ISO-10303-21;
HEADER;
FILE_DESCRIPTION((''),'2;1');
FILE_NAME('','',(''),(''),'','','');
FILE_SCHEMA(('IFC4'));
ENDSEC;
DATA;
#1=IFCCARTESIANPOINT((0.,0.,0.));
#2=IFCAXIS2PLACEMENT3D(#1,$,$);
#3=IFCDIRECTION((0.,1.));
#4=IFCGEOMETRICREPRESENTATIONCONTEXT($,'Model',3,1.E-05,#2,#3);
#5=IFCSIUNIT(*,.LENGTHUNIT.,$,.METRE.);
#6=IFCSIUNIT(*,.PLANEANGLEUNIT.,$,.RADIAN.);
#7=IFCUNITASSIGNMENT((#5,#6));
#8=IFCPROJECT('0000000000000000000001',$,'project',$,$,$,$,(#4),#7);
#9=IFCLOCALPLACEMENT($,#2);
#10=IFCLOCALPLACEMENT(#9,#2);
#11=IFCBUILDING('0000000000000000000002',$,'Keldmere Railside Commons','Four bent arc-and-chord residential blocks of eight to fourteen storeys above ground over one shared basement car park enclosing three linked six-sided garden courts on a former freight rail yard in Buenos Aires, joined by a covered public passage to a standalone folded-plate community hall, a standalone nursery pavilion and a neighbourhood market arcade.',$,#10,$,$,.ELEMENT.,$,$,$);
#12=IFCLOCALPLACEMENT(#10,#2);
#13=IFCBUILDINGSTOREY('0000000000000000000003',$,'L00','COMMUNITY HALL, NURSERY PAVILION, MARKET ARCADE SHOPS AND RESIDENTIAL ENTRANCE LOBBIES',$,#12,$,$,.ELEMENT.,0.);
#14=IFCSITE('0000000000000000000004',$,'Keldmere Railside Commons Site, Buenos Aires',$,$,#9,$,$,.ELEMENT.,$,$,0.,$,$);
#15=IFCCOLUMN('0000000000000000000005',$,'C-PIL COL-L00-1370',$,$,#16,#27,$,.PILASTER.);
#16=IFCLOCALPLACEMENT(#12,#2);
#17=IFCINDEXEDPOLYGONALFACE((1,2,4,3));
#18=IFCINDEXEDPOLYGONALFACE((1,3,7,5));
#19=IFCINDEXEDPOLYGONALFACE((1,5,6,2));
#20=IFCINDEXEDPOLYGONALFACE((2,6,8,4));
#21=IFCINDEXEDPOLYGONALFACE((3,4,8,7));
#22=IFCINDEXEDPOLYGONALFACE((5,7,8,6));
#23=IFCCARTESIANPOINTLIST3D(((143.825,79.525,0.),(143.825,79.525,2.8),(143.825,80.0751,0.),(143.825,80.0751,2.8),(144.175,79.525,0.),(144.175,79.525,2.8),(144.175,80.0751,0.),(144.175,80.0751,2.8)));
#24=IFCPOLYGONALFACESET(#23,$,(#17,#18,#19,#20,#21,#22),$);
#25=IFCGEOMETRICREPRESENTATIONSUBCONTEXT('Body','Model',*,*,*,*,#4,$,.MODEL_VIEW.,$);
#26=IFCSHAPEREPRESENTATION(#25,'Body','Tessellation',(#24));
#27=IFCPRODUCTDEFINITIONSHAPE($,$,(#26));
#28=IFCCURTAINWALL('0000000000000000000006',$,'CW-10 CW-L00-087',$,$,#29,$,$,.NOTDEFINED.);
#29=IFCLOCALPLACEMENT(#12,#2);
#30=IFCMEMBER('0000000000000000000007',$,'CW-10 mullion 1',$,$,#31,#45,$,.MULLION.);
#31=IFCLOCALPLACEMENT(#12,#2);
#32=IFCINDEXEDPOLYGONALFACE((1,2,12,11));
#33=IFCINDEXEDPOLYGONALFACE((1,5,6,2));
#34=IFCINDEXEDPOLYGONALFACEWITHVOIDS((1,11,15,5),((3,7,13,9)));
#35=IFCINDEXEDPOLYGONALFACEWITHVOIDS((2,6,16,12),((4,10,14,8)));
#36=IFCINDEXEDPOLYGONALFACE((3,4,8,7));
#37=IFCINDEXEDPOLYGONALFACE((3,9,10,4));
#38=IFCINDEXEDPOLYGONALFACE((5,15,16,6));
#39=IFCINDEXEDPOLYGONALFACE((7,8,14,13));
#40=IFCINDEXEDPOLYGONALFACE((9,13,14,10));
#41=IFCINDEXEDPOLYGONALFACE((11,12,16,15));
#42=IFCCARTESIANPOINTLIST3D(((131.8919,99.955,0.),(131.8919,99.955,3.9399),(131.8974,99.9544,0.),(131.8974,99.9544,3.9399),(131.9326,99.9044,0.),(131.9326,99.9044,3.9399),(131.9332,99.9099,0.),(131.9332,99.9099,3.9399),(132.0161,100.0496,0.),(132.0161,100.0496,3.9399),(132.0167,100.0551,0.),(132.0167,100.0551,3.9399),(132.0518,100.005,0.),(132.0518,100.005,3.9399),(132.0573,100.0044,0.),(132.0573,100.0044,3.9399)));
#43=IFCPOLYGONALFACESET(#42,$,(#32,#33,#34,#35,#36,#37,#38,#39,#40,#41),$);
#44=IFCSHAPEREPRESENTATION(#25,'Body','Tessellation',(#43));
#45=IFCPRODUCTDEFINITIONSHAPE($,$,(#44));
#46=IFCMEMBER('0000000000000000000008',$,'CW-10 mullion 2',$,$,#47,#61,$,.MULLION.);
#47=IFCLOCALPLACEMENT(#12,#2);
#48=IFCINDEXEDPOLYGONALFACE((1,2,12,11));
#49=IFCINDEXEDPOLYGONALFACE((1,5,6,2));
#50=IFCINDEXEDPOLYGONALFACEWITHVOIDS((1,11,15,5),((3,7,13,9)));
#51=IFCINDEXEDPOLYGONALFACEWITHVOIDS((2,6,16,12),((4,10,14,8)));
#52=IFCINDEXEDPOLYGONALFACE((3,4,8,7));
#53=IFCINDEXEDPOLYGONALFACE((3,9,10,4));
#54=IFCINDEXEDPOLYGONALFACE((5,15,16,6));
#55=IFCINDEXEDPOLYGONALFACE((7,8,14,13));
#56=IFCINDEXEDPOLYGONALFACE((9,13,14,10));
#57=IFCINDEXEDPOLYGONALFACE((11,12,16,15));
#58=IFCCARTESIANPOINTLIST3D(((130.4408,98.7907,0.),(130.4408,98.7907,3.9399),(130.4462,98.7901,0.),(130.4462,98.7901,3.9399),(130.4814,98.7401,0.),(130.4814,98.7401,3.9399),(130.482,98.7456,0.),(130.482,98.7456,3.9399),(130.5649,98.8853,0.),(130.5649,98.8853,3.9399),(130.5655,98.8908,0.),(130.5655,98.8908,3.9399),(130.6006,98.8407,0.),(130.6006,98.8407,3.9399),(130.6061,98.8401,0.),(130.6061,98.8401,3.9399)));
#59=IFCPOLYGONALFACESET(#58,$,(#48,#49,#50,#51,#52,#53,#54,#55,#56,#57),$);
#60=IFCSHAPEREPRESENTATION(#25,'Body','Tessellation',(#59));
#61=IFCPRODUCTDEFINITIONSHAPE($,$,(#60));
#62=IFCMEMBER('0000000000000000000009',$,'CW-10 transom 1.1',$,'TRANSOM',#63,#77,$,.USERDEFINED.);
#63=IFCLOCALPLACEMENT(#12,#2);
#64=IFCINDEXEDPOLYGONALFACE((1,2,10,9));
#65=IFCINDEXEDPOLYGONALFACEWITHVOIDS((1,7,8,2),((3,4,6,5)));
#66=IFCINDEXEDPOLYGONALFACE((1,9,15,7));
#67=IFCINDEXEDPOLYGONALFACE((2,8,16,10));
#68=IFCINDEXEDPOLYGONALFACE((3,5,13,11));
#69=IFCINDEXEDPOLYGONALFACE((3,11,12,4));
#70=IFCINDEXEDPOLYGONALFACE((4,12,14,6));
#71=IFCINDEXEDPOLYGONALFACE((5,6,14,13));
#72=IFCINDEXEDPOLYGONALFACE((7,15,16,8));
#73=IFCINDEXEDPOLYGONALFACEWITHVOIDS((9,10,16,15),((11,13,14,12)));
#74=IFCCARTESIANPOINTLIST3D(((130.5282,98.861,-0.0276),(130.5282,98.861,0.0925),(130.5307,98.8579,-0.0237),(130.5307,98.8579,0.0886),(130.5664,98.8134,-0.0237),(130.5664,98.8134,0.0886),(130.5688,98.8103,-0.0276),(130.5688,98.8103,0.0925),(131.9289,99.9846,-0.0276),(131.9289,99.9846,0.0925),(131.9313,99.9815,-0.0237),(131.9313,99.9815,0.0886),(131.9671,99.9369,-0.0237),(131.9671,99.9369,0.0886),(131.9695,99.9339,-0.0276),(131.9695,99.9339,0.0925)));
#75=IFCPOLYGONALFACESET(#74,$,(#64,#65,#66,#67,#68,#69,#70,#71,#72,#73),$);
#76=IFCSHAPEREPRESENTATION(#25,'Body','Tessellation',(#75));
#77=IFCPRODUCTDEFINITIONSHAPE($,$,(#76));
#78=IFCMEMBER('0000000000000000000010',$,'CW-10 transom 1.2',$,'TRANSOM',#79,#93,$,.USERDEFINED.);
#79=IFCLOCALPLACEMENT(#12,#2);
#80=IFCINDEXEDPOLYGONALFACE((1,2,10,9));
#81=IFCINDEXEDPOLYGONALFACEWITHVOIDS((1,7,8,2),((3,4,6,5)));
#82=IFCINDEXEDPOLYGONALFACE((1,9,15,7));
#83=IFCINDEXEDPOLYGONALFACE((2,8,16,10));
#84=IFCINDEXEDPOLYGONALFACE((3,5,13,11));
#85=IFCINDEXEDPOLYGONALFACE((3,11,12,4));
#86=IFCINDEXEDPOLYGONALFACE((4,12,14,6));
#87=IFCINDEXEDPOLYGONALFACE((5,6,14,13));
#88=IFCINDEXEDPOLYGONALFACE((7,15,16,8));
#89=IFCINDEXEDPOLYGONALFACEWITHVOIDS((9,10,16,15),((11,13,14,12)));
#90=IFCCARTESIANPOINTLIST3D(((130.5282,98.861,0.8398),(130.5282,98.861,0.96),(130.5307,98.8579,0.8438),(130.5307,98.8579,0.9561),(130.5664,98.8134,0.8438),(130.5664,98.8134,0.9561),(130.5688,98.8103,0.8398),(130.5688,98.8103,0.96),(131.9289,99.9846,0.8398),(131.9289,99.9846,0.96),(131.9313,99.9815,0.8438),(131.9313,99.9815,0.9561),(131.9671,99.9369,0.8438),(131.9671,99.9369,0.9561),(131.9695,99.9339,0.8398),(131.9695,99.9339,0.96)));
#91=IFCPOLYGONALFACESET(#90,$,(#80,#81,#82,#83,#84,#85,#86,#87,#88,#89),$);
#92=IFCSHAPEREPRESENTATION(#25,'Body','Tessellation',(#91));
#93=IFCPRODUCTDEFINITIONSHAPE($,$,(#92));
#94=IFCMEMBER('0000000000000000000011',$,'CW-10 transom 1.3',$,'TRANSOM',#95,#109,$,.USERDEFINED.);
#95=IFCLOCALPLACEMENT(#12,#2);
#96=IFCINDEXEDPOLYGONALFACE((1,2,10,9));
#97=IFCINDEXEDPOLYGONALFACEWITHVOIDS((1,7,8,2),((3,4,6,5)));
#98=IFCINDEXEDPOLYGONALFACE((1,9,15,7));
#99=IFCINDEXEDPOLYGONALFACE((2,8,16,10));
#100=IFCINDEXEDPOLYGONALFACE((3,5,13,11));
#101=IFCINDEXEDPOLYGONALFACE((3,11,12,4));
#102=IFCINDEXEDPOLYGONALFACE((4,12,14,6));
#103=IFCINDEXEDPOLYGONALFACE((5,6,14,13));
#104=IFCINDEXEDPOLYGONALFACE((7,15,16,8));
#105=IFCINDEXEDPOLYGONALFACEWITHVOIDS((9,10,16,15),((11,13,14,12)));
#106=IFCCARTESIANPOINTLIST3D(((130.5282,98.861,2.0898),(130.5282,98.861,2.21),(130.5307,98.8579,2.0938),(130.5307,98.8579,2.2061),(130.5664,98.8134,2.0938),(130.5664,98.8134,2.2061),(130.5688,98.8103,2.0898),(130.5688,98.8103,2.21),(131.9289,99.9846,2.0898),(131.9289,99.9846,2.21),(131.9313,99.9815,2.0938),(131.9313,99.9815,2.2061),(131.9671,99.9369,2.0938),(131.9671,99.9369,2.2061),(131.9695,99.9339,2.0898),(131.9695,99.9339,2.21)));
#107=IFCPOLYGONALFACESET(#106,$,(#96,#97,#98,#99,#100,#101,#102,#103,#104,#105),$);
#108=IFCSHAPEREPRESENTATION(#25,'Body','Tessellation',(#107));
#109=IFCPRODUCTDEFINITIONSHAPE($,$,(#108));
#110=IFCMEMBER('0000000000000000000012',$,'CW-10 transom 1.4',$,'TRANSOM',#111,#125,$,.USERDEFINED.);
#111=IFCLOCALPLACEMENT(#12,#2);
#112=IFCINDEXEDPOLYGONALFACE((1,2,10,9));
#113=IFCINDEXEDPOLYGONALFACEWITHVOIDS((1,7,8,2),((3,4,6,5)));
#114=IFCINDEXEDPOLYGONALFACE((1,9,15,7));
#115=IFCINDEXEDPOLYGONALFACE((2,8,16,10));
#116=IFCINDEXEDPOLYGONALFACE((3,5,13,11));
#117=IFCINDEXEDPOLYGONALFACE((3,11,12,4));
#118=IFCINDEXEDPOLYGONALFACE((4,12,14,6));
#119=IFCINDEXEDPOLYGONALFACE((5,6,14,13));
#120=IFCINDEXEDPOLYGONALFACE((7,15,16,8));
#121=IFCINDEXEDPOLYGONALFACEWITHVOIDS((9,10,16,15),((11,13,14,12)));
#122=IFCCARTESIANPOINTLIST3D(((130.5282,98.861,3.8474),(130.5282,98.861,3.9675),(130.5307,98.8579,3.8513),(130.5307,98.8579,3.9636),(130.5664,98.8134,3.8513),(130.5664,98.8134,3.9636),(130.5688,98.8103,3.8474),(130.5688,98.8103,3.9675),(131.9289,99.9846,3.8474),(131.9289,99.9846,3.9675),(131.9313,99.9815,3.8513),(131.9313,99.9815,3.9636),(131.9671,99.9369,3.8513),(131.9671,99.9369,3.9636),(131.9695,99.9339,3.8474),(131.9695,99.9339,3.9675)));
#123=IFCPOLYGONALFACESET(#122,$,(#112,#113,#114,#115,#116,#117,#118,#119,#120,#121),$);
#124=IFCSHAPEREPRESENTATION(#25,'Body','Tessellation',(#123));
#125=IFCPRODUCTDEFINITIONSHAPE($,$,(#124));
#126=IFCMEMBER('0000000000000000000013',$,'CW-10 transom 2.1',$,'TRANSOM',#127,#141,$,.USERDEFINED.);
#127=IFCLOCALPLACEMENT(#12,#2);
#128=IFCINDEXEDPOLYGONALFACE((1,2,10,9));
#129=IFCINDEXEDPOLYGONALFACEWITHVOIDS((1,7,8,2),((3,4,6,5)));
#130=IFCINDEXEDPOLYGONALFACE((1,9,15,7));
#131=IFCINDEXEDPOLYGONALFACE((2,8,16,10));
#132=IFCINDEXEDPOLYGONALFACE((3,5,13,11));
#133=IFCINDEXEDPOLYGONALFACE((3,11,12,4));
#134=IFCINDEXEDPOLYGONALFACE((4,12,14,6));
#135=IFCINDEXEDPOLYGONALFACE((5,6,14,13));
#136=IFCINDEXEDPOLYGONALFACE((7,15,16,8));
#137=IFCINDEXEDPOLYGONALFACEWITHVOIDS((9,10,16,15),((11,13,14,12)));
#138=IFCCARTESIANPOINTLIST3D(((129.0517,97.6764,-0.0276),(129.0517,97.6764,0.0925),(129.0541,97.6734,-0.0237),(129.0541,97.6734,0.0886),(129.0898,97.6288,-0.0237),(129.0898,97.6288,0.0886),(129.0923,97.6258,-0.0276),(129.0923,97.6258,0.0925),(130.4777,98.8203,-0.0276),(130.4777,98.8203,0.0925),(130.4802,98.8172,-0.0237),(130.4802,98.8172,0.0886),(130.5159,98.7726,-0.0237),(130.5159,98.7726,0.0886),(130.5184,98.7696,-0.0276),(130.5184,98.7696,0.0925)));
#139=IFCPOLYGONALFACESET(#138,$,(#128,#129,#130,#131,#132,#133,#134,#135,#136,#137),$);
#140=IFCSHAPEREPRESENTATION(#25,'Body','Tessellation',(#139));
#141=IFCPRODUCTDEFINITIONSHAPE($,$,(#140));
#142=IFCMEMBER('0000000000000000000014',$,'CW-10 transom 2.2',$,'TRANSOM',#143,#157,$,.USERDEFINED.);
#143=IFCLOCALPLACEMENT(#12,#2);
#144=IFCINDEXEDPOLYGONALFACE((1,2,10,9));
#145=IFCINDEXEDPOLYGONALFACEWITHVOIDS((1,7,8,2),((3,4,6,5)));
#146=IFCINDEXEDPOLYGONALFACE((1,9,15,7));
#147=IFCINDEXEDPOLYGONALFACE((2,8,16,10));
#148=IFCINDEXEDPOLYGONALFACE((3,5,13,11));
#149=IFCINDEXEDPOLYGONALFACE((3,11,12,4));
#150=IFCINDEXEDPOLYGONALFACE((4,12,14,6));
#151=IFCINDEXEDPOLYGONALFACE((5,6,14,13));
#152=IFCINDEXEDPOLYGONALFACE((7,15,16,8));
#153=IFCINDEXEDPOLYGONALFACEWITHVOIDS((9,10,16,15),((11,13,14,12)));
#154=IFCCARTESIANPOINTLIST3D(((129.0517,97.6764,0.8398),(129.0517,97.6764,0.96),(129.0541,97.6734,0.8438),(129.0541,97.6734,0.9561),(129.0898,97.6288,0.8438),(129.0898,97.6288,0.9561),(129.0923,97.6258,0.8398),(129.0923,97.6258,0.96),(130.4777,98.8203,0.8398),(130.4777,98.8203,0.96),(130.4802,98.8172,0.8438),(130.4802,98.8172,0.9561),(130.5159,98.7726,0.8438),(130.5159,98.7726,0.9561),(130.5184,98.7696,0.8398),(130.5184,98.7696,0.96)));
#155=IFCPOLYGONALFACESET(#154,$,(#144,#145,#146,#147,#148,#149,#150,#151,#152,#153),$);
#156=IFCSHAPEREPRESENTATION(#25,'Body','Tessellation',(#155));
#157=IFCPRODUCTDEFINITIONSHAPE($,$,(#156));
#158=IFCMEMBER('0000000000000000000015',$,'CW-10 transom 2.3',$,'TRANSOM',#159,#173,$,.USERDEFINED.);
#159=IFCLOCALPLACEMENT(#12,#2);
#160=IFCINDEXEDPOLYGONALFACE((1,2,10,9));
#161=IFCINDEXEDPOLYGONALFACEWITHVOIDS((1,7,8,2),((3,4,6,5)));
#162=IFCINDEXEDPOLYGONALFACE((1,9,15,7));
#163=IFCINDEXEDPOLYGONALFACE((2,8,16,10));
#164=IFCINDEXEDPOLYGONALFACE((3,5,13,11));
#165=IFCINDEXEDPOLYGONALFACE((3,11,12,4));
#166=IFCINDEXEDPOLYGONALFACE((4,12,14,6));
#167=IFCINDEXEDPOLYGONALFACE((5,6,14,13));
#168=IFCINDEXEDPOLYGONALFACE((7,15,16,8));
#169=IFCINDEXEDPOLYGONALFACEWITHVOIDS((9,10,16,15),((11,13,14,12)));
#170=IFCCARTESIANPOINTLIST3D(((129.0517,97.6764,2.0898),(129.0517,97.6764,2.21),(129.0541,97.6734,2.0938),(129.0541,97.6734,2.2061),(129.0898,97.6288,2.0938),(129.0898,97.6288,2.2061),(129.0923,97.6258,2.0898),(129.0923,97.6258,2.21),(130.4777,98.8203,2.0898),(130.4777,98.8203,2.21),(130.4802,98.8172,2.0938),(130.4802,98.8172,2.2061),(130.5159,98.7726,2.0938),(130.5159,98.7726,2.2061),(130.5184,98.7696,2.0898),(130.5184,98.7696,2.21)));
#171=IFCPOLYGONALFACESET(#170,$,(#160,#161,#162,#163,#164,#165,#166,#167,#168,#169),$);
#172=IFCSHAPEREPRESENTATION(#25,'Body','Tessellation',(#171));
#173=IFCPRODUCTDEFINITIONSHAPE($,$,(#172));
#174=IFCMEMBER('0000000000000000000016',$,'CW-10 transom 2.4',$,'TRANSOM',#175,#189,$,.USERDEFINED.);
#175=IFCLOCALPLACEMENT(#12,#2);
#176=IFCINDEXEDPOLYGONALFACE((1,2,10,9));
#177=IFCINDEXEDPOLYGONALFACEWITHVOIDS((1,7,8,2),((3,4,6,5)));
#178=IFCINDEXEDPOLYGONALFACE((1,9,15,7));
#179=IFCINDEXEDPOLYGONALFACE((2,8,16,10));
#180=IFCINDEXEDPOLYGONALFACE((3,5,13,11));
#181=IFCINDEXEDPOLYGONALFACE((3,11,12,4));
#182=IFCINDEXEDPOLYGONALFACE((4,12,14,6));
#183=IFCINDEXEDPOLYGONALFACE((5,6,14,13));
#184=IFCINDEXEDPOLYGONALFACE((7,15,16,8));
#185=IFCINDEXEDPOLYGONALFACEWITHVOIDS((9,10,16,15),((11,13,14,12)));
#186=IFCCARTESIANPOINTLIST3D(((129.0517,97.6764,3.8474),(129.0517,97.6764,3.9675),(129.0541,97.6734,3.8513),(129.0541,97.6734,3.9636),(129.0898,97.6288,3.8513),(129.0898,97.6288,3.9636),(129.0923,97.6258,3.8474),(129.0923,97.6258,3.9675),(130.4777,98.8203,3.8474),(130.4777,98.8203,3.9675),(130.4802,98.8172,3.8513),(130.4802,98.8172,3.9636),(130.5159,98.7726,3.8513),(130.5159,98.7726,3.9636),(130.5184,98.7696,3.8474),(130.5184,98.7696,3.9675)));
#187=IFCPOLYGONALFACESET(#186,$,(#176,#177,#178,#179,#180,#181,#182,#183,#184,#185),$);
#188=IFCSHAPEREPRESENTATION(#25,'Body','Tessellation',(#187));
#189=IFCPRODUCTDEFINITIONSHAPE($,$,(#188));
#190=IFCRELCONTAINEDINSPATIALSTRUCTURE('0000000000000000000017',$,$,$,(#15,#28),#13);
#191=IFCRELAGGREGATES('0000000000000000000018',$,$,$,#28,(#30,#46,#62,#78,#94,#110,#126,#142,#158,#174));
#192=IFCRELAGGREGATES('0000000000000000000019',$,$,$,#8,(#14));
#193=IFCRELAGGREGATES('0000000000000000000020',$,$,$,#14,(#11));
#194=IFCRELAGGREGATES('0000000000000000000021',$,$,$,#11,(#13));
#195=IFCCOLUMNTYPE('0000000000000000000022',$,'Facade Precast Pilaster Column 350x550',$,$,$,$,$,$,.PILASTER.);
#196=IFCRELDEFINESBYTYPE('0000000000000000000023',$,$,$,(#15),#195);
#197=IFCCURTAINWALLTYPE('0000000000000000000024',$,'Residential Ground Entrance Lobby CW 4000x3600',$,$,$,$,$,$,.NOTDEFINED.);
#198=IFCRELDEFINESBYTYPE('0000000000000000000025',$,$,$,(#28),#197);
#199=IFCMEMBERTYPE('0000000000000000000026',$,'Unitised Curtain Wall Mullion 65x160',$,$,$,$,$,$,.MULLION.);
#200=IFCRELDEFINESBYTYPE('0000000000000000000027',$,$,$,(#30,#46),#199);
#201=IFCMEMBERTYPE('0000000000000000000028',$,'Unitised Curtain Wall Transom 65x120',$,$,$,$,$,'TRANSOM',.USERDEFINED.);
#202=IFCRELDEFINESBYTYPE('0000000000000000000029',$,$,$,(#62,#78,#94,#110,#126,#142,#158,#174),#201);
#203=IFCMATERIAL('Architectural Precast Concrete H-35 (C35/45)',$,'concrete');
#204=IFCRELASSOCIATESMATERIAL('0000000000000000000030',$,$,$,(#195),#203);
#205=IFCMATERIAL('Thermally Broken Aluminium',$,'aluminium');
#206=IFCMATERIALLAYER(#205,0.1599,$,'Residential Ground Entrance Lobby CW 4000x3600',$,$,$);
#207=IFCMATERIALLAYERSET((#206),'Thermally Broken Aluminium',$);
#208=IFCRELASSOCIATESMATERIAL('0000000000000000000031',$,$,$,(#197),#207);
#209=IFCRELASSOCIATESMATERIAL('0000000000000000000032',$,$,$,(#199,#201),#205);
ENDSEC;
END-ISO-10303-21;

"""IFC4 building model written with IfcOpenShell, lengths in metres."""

from ifc_helpers import new_model, si_unit, direction, frame, origin, origin_2d, place, context, subcontext, project, spatial, rectangle, hollow_rectangle, extrude, material, layer, layer_set, material_profile, profile_set, type_object, element, aggregate, save


model = new_model("IFC4")

# Units and contexts
model_context = context("Model", 3, precision=1e-05, world=origin(), true_north=direction((0.0, 1.0)))
body_context = subcontext(model_context, "Body", "Model", "MODEL_VIEW")
ifc_project = project(units=[si_unit("LENGTHUNIT", "METRE"), si_unit("PLANEANGLEUNIT", "RADIAN")], contexts=[model_context])

# Site, building, storey
site_placement = place(None, origin())
site = spatial("IfcSite", under=ifc_project, at=site_placement, Name="Keldmere Railside Commons Site, Buenos Aires", CompositionType="ELEMENT", RefElevation=0.0)
building_placement = place(site_placement, origin())
building = spatial("IfcBuilding", under=site, at=building_placement, Name="Keldmere Railside Commons", Description="Four bent arc-and-chord residential blocks of eight to fourteen storeys above ground over one shared basement car park enclosing three linked six-sided garden courts on a former freight rail yard in Buenos Aires, joined by a covered public passage to a standalone folded-plate community hall, a standalone nursery pavilion and a neighbourhood market arcade.", CompositionType="ELEMENT")
storey_placement = place(building_placement, origin())
storey = spatial("IfcBuildingStorey", under=building, at=storey_placement, Name="L00", Description="COMMUNITY HALL, NURSERY PAVILION, MARKET ARCADE SHOPS AND RESIDENTIAL ENTRANCE LOBBIES", CompositionType="ELEMENT", Elevation=0.0)

# Column
ifc_material_1 = material(Name="Architectural Precast Concrete H-35 (C35/45)", Category="concrete")
ifc_material_profile_1 = material_profile(ifc_material_1, rectangle(XDim=0.3501, YDim=0.55, at=origin_2d()), Name="RC-350x550")
ifc_profile_set_1 = profile_set([ifc_material_profile_1], Name="Architectural Precast Concrete H-35 (C35/45)")
column_type = type_object("IfcColumnType", Name="Facade Precast Pilaster Column 350x550", PredefinedType="PILASTER", material=ifc_profile_set_1)
column_placement = place(storey_placement, frame((144.0, 79.8, 0.0), z_axis=(0.0, 0.0, 1.0), x_axis=(1.0, 0.0, 0.0)))
element("IfcColumn", 1, at=column_placement, inside=storey, type_object=column_type, Name="C-PIL COL-L00-1370", PredefinedType="PILASTER", context=body_context, shape_type="SweptSolid", body=[
    extrude(rectangle(XDim=0.3501, YDim=0.55, at=origin_2d()), origin(), (0.0, 0.0, 1.0), 2.8),
])

# Curtain wall, members
ifc_material_2 = material(Name="Thermally Broken Aluminium", Category="aluminium")
ifc_layer_1 = layer(ifc_material_2, 0.1599, Name="Residential Ground Entrance Lobby CW 4000x3600")
ifc_layer_set_1 = layer_set([ifc_layer_1], Name="Thermally Broken Aluminium")
curtain_wall_type = type_object("IfcCurtainWallType", Name="Residential Ground Entrance Lobby CW 4000x3600", PredefinedType="NOTDEFINED", material=ifc_layer_set_1)
curtain_wall_placement = place(storey_placement, origin())
curtain_wall = element("IfcCurtainWall", 2, at=curtain_wall_placement, inside=storey, type_object=curtain_wall_type, Name="CW-10 CW-L00-087", PredefinedType="NOTDEFINED")
ifc_material_profile_2 = material_profile(ifc_material_2, hollow_rectangle(XDim=0.0649, YDim=0.1599, WallThickness=0.0039, at=origin_2d()), Name="ALU-MULL-65x160")
ifc_profile_set_2 = profile_set([ifc_material_profile_2], Name="Thermally Broken Aluminium")
member_type_1 = type_object("IfcMemberType", Name="Unitised Curtain Wall Mullion 65x160", PredefinedType="MULLION", material=ifc_profile_set_2)
member_1_placement = place(storey_placement, frame((131.9746, 99.9797, 0.0), z_axis=(0.0, 0.0, 1.0), x_axis=(0.625768, -0.780009, 0.0)))
member_1 = element("IfcMember", 3, at=member_1_placement, type_object=member_type_1, Name="CW-10 mullion 1", PredefinedType="MULLION", context=body_context, shape_type="SweptSolid", body=[
    extrude(hollow_rectangle(XDim=0.0649, YDim=0.1599, WallThickness=0.0039, at=origin_2d()), origin(), (0.0, 0.0, 1.0), 3.9399),
])
member_2_placement = place(storey_placement, frame((130.5234, 98.8154, 0.0), z_axis=(0.0, 0.0, 1.0), x_axis=(0.625768, -0.780009, 0.0)))
member_2 = element("IfcMember", 4, at=member_2_placement, type_object=member_type_1, Name="CW-10 mullion 2", PredefinedType="MULLION", context=body_context, shape_type="SweptSolid", body=[
    extrude(hollow_rectangle(XDim=0.0649, YDim=0.1599, WallThickness=0.0039, at=origin_2d()), origin(), (0.0, 0.0, 1.0), 3.9399),
])
ifc_material_profile_3 = material_profile(ifc_material_2, hollow_rectangle(XDim=0.0649, YDim=0.1201, WallThickness=0.0039, at=origin_2d()), Name="ALU-TRAN-65x120")
ifc_profile_set_3 = profile_set([ifc_material_profile_3], Name="Thermally Broken Aluminium")
member_type_2 = type_object("IfcMemberType", Name="Unitised Curtain Wall Transom 65x120", ElementType="TRANSOM", PredefinedType="USERDEFINED", material=ifc_profile_set_3)
member_3_placement = place(storey_placement, frame((131.9492, 99.9592, 0.0325), z_axis=(-0.780046, -0.625723, 0.0), x_axis=(0.625723, -0.780046, 0.0)))
member_3 = element("IfcMember", 5, at=member_3_placement, type_object=member_type_2, Name="CW-10 transom 1.1", ObjectType="TRANSOM", PredefinedType="USERDEFINED", context=body_context, shape_type="SweptSolid", body=[
    extrude(hollow_rectangle(XDim=0.0649, YDim=0.1201, WallThickness=0.0039, at=origin_2d()), origin(), (0.0, 0.0, 1.0), 1.7957),
])
member_4_placement = place(storey_placement, frame((131.9492, 99.9592, 0.8999), z_axis=(-0.780046, -0.625723, 0.0), x_axis=(0.625723, -0.780046, 0.0)))
member_4 = element("IfcMember", 6, at=member_4_placement, type_object=member_type_2, Name="CW-10 transom 1.2", ObjectType="TRANSOM", PredefinedType="USERDEFINED", context=body_context, shape_type="SweptSolid", body=[
    extrude(hollow_rectangle(XDim=0.0649, YDim=0.1201, WallThickness=0.0039, at=origin_2d()), origin(), (0.0, 0.0, 1.0), 1.7957),
])
member_5_placement = place(storey_placement, frame((131.9492, 99.9592, 2.1499), z_axis=(-0.780046, -0.625723, 0.0), x_axis=(0.625723, -0.780046, 0.0)))
member_5 = element("IfcMember", 7, at=member_5_placement, type_object=member_type_2, Name="CW-10 transom 1.3", ObjectType="TRANSOM", PredefinedType="USERDEFINED", context=body_context, shape_type="SweptSolid", body=[
    extrude(hollow_rectangle(XDim=0.0649, YDim=0.1201, WallThickness=0.0039, at=origin_2d()), origin(), (0.0, 0.0, 1.0), 1.7957),
])
member_6_placement = place(storey_placement, frame((131.9492, 99.9592, 3.9075), z_axis=(-0.780046, -0.625723, 0.0), x_axis=(0.625723, -0.780046, 0.0)))
member_6 = element("IfcMember", 8, at=member_6_placement, type_object=member_type_2, Name="CW-10 transom 1.4", ObjectType="TRANSOM", PredefinedType="USERDEFINED", context=body_context, shape_type="SweptSolid", body=[
    extrude(hollow_rectangle(XDim=0.0649, YDim=0.1201, WallThickness=0.0039, at=origin_2d()), origin(), (0.0, 0.0, 1.0), 1.7957),
])
member_7_placement = place(storey_placement, frame((130.498, 98.7949, 0.0325), z_axis=(-0.780073, -0.625688, 0.0), x_axis=(0.625688, -0.780073, 0.0)))
member_7 = element("IfcMember", 9, at=member_7_placement, type_object=member_type_2, Name="CW-10 transom 2.1", ObjectType="TRANSOM", PredefinedType="USERDEFINED", context=body_context, shape_type="SweptSolid", body=[
    extrude(hollow_rectangle(XDim=0.0649, YDim=0.1201, WallThickness=0.0039, at=origin_2d()), origin(), (0.0, 0.0, 1.0), 1.8281),
])
member_8_placement = place(storey_placement, frame((130.498, 98.7949, 0.8999), z_axis=(-0.780073, -0.625688, 0.0), x_axis=(0.625688, -0.780073, 0.0)))
member_8 = element("IfcMember", 10, at=member_8_placement, type_object=member_type_2, Name="CW-10 transom 2.2", ObjectType="TRANSOM", PredefinedType="USERDEFINED", context=body_context, shape_type="SweptSolid", body=[
    extrude(hollow_rectangle(XDim=0.0649, YDim=0.1201, WallThickness=0.0039, at=origin_2d()), origin(), (0.0, 0.0, 1.0), 1.8281),
])
member_9_placement = place(storey_placement, frame((130.498, 98.7949, 2.1499), z_axis=(-0.780073, -0.625688, 0.0), x_axis=(0.625688, -0.780073, 0.0)))
member_9 = element("IfcMember", 11, at=member_9_placement, type_object=member_type_2, Name="CW-10 transom 2.3", ObjectType="TRANSOM", PredefinedType="USERDEFINED", context=body_context, shape_type="SweptSolid", body=[
    extrude(hollow_rectangle(XDim=0.0649, YDim=0.1201, WallThickness=0.0039, at=origin_2d()), origin(), (0.0, 0.0, 1.0), 1.8281),
])
member_10_placement = place(storey_placement, frame((130.498, 98.7949, 3.9075), z_axis=(-0.780073, -0.625688, 0.0), x_axis=(0.625688, -0.780073, 0.0)))
member_10 = element("IfcMember", 12, at=member_10_placement, type_object=member_type_2, Name="CW-10 transom 2.4", ObjectType="TRANSOM", PredefinedType="USERDEFINED", context=body_context, shape_type="SweptSolid", body=[
    extrude(hollow_rectangle(XDim=0.0649, YDim=0.1201, WallThickness=0.0039, at=origin_2d()), origin(), (0.0, 0.0, 1.0), 1.8281),
])
aggregate(curtain_wall, [member_1, member_2, member_3, member_4, member_5, member_6, member_7, member_8, member_9, member_10])

save(model, "model.ifc")
